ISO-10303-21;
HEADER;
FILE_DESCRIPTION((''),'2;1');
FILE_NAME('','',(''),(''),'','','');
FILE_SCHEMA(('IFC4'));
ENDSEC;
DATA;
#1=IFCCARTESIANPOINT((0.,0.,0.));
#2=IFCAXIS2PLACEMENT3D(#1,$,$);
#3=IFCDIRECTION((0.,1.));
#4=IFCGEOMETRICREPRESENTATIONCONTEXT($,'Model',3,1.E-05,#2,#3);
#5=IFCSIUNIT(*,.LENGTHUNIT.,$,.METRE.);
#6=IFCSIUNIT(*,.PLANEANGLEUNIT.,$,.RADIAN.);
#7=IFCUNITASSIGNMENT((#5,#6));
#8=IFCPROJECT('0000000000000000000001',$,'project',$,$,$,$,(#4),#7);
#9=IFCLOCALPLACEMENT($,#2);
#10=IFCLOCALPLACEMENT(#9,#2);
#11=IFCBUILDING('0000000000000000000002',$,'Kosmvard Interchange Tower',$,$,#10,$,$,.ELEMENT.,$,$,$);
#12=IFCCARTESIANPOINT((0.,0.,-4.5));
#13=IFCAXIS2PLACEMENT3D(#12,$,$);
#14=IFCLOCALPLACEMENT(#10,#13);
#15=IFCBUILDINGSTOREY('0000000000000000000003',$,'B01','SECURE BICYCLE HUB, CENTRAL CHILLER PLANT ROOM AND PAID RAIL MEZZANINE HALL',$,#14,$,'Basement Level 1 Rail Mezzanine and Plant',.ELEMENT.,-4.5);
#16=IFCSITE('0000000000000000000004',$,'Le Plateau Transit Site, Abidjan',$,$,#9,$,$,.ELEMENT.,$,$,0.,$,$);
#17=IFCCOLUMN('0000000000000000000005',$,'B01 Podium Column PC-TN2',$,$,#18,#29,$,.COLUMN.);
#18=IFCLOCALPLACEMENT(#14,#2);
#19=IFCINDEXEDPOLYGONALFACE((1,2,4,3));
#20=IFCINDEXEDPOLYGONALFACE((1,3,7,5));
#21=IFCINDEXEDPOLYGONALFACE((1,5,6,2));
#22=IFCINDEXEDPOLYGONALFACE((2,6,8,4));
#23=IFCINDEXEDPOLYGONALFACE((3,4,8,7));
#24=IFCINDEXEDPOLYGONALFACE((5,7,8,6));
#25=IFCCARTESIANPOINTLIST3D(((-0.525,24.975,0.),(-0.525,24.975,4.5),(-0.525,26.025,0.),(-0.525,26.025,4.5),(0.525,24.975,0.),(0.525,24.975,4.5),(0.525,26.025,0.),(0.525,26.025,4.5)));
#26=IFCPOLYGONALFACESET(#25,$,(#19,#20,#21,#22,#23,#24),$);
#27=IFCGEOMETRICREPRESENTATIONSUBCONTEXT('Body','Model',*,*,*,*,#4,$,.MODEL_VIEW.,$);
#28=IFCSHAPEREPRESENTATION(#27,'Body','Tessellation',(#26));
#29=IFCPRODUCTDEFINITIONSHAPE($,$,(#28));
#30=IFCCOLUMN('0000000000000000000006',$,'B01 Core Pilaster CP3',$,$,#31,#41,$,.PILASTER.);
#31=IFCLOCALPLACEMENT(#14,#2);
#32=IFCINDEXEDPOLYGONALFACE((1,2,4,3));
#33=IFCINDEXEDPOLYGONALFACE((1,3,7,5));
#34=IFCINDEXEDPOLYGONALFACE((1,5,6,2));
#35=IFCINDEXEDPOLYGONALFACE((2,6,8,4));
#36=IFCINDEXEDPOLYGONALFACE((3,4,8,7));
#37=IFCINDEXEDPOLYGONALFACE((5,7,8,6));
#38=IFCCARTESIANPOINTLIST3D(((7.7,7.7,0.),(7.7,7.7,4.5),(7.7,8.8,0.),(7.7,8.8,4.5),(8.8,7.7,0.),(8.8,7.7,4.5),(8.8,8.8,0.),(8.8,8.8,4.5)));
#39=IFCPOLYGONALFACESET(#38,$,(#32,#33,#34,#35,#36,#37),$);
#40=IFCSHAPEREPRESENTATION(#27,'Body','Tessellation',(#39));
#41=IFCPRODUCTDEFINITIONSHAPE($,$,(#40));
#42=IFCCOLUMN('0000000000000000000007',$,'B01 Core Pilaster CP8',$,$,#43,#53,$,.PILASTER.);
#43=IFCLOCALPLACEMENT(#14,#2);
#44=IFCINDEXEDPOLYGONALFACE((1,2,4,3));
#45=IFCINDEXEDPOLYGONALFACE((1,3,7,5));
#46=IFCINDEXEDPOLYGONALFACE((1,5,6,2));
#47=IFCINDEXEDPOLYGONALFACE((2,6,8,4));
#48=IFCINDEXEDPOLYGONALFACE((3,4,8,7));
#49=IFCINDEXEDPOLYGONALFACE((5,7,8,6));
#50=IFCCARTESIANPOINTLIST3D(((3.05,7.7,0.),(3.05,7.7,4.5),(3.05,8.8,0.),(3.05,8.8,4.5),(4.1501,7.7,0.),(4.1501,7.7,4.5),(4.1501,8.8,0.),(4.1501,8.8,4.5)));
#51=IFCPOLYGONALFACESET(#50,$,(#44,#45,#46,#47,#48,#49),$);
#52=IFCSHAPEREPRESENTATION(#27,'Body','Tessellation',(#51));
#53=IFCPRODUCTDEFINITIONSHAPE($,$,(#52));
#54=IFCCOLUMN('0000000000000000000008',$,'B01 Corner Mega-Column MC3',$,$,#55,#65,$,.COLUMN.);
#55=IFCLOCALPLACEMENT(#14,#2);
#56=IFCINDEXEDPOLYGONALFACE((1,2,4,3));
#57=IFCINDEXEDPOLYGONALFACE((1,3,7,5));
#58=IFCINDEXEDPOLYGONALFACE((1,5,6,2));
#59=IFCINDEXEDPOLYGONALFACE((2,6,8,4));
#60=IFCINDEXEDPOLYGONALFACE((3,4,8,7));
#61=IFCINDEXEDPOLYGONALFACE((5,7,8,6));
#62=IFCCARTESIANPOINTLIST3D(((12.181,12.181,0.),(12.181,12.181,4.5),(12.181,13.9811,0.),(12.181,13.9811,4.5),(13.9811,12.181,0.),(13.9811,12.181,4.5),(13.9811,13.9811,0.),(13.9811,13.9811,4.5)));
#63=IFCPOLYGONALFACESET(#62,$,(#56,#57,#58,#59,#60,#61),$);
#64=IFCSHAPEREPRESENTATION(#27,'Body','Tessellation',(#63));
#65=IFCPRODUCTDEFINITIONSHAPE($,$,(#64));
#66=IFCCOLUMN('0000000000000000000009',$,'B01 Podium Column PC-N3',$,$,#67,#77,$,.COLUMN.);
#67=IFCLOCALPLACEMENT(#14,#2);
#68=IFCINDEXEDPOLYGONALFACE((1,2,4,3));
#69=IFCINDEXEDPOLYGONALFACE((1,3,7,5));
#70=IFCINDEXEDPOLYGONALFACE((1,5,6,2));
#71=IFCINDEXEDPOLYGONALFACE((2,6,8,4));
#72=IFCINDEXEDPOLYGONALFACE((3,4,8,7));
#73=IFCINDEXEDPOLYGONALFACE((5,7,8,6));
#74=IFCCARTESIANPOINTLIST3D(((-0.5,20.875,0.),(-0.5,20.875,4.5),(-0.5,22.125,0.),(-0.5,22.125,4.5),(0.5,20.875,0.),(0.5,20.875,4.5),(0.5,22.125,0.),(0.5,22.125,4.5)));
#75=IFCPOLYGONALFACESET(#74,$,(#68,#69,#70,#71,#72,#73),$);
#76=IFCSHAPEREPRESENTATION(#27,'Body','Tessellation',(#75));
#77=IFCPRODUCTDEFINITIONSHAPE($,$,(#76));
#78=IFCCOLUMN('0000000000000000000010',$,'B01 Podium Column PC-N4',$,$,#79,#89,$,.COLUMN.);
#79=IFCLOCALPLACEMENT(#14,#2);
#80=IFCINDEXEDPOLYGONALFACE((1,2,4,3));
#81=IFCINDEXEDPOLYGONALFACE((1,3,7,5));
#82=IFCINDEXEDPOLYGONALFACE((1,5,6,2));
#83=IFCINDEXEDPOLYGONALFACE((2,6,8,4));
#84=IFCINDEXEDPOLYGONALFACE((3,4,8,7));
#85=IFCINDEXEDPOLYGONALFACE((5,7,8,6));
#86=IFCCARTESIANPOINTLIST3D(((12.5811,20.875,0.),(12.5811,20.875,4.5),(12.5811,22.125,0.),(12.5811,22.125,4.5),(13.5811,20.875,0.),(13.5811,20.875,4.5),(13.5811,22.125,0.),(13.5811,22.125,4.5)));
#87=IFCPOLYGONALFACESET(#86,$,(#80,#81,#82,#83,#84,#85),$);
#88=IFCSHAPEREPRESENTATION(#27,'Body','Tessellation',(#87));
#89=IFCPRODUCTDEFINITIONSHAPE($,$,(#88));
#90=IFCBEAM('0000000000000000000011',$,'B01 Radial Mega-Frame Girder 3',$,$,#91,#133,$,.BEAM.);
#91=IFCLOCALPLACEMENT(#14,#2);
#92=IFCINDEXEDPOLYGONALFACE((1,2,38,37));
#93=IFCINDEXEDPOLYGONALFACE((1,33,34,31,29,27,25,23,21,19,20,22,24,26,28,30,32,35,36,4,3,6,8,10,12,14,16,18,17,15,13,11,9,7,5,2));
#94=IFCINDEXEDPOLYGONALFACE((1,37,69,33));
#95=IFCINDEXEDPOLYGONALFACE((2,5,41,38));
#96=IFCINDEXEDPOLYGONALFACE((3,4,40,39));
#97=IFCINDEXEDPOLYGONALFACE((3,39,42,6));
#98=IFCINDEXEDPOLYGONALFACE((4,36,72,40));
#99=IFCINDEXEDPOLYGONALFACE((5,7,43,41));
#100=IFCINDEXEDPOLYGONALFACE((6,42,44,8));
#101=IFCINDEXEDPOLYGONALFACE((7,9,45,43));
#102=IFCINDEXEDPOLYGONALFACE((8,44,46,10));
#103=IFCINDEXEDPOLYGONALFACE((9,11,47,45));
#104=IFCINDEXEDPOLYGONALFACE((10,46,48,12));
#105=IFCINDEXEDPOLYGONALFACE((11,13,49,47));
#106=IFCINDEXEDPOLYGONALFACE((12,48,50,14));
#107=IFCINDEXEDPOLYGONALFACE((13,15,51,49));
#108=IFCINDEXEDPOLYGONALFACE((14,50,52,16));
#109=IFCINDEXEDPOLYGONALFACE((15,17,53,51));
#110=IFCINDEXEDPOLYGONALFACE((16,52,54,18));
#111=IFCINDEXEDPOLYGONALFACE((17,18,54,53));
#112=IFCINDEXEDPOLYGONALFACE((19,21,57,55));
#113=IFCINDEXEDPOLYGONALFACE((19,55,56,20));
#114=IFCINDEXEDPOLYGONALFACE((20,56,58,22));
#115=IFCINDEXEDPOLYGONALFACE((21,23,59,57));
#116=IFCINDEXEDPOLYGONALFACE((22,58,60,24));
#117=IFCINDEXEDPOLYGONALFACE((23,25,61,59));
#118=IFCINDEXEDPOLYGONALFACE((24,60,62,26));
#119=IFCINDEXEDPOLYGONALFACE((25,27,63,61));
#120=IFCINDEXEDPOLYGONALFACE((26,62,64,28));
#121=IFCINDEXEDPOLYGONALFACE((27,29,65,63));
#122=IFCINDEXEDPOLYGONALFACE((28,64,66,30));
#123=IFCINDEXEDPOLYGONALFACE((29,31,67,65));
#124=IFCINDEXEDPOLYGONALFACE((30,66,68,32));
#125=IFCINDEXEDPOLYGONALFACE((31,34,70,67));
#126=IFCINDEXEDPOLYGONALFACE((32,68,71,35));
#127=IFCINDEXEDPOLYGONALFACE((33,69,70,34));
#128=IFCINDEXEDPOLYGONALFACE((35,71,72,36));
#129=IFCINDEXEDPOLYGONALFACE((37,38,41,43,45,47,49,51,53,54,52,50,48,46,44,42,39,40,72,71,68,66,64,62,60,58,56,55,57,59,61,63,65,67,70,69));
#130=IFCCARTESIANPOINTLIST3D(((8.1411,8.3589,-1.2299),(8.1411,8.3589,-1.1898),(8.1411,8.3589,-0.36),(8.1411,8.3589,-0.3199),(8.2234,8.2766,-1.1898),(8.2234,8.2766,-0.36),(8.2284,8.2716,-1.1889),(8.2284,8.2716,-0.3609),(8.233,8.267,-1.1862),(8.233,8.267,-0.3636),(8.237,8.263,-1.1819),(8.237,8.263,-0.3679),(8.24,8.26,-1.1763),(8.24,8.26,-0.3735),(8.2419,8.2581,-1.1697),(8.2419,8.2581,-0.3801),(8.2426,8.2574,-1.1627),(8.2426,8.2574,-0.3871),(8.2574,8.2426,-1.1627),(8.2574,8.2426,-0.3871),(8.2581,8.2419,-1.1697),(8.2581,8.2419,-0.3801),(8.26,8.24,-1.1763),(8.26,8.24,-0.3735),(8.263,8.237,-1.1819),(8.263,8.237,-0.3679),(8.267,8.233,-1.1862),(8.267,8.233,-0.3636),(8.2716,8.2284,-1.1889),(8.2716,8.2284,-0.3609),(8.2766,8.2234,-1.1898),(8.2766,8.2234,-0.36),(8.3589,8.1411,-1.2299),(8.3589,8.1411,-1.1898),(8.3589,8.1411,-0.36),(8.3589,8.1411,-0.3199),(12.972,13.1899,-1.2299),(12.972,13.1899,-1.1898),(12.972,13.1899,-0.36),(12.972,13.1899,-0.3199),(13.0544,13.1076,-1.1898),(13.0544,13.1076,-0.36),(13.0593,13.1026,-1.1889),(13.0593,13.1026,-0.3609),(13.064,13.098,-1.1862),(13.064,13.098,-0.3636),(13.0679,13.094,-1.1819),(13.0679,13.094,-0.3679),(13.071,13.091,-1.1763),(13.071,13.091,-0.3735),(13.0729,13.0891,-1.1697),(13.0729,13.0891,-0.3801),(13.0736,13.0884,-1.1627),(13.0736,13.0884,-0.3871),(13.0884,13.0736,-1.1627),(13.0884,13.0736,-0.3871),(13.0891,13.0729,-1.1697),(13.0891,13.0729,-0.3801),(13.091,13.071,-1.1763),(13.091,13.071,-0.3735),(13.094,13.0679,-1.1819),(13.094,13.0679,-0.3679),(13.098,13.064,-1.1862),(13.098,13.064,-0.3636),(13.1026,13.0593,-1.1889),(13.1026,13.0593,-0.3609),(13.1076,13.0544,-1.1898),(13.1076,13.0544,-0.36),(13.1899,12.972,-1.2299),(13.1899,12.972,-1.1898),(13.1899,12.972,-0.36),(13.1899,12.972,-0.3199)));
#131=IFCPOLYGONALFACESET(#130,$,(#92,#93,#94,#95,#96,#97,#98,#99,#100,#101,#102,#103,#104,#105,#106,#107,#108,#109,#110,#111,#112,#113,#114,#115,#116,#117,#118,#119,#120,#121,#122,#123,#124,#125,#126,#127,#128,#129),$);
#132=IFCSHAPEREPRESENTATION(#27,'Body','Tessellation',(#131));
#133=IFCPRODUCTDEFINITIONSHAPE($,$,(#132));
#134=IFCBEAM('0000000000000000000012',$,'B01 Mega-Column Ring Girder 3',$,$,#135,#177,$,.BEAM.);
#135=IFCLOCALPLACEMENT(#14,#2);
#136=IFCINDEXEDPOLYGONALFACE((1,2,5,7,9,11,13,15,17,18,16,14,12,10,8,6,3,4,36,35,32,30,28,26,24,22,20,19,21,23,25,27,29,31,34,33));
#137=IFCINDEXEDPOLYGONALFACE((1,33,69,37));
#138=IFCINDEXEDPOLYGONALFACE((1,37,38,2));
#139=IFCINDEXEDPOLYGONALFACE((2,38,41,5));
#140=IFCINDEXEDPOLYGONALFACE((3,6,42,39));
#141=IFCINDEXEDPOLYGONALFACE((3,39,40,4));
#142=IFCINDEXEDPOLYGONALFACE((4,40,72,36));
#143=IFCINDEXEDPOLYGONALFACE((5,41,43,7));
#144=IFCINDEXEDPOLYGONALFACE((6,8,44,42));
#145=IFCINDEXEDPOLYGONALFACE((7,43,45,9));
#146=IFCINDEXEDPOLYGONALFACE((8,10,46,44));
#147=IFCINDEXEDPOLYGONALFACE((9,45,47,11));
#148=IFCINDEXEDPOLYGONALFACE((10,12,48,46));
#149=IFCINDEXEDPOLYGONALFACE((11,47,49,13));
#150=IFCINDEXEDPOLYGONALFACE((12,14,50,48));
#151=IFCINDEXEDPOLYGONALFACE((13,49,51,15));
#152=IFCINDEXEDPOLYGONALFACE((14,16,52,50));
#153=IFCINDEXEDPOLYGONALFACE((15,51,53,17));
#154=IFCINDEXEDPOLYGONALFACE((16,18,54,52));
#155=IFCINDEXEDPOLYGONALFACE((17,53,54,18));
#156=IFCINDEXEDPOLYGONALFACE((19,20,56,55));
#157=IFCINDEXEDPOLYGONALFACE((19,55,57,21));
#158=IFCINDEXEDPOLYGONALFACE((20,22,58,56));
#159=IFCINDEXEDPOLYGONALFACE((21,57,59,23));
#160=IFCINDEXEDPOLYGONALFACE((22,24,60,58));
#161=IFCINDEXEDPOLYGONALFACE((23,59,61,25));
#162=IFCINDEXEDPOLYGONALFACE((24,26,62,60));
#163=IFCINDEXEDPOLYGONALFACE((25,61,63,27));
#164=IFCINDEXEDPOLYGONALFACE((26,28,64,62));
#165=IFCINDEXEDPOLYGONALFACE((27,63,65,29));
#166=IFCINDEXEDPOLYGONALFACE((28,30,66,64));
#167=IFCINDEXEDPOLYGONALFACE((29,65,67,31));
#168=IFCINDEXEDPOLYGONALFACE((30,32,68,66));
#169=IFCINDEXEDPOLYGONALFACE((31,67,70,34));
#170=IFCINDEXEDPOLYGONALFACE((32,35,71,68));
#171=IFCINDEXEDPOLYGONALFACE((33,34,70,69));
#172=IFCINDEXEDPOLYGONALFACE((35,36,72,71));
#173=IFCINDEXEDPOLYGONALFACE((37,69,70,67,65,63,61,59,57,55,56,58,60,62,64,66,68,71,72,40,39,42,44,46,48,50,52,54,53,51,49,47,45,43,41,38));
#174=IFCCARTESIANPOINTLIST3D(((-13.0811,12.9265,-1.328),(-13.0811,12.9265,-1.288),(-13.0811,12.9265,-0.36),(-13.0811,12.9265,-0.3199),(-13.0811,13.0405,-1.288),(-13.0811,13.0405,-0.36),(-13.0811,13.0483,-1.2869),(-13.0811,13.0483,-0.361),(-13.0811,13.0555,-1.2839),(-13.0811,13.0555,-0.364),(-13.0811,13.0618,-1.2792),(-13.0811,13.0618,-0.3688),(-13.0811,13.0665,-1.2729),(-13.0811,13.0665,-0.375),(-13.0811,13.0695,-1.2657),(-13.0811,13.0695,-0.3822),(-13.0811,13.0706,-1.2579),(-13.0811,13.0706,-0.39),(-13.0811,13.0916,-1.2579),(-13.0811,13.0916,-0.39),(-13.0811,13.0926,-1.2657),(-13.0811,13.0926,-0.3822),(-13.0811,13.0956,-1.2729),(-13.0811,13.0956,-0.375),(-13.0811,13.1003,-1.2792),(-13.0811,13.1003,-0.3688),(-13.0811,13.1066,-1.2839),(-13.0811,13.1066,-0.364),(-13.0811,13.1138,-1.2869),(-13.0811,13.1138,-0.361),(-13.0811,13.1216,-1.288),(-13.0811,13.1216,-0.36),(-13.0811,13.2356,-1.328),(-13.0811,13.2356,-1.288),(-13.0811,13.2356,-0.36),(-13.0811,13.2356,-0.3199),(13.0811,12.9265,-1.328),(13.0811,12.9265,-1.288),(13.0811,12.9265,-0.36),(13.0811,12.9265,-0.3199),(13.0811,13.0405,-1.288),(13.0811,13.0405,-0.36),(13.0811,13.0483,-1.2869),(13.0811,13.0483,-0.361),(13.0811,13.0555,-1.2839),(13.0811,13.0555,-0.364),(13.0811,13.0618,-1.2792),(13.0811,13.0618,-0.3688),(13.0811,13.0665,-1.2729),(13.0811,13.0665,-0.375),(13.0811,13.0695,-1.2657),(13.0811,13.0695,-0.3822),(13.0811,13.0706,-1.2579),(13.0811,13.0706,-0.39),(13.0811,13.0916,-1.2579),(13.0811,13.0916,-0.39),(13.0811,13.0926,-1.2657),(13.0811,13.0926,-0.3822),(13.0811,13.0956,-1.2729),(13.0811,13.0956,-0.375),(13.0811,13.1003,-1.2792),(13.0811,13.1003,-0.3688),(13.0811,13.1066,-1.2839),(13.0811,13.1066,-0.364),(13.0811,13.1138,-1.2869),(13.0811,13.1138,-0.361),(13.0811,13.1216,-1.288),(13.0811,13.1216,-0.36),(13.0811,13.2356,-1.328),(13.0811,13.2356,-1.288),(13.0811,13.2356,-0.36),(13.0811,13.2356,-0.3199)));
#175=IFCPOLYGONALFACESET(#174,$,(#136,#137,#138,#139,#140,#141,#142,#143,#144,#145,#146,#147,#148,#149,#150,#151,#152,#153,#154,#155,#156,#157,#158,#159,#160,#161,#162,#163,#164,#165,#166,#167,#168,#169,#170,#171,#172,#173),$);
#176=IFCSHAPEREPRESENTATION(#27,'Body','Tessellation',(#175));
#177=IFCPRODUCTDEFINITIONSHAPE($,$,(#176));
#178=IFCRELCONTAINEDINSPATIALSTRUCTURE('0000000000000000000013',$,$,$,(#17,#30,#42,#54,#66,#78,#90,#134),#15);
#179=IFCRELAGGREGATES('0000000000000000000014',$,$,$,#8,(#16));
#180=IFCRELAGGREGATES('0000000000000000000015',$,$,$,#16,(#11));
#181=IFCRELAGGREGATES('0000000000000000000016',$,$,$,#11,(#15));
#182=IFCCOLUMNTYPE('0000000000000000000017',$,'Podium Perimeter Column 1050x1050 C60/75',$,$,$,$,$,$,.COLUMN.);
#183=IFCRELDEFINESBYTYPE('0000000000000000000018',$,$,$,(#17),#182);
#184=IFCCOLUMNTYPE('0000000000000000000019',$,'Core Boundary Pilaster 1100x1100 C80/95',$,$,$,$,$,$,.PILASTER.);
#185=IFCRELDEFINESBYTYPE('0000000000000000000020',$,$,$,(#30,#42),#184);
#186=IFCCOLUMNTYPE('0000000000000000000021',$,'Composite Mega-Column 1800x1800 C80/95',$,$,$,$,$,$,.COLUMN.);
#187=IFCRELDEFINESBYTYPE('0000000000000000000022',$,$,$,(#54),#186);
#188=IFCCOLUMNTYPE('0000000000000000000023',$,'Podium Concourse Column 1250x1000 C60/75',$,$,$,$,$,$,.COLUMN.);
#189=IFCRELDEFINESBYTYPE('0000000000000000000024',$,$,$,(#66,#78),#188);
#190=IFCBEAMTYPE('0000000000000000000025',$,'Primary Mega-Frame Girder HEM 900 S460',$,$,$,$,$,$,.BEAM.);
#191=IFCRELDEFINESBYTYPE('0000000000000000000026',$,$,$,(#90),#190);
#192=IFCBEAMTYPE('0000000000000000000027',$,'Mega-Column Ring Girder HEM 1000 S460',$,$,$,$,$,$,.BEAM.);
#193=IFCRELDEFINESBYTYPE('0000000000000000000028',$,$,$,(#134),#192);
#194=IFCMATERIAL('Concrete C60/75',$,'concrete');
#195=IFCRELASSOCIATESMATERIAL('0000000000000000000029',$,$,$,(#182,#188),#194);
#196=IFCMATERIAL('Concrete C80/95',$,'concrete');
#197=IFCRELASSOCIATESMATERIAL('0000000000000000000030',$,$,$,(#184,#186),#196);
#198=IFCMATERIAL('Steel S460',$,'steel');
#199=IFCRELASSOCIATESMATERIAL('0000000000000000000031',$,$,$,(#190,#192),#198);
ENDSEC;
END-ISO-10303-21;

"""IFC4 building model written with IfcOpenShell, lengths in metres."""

from ifc_helpers import new_model, si_unit, direction, frame, origin, origin_2d, place, context, subcontext, project, spatial, rectangle, i_section, extrude, source, transform, mapped, material, material_profile, profile_set, type_object, element, save


model = new_model("IFC4")

# Units and contexts
model_context = context("Model", 3, precision=1e-05, world=origin(), true_north=direction((0.0, 1.0)))
body_context = subcontext(model_context, "Body", "Model", "MODEL_VIEW")
ifc_project = project(units=[si_unit("LENGTHUNIT", "METRE"), si_unit("PLANEANGLEUNIT", "RADIAN")], contexts=[model_context])

# Site, building, storey
site_placement = place(None, origin())
site = spatial("IfcSite", under=ifc_project, at=site_placement, Name="Le Plateau Transit Site, Abidjan", CompositionType="ELEMENT", RefElevation=0.0)
building_placement = place(site_placement, origin())
building = spatial("IfcBuilding", under=site, at=building_placement, Name="Kosmvard Interchange Tower", CompositionType="ELEMENT")
storey_placement = place(building_placement, frame((0.0, 0.0, -4.5)))
storey = spatial("IfcBuildingStorey", under=building, at=storey_placement, Name="B01", Description="SECURE BICYCLE HUB, CENTRAL CHILLER PLANT ROOM AND PAID RAIL MEZZANINE HALL", LongName="Basement Level 1 Rail Mezzanine and Plant", CompositionType="ELEMENT", Elevation=-4.5)

# Columns
ifc_material_1 = material(Name="Concrete C60/75", Category="concrete")
ifc_material_profile_1 = material_profile(ifc_material_1, rectangle(XDim=1.05, YDim=1.05, at=origin_2d()), Name="PC 1050x1050")
ifc_profile_set_1 = profile_set([ifc_material_profile_1], Name="Concrete C60/75")
column_type_1 = type_object("IfcColumnType", Name="Podium Perimeter Column 1050x1050 C60/75", PredefinedType="COLUMN", material=ifc_profile_set_1)
shared_shape_1 = source(origin(), body_context, "Body", "SweptSolid", [
    extrude(rectangle(XDim=1.05, YDim=1.05, at=origin_2d()), origin(), (0.0, 0.0, 1.0), 4.5),
])
column_1_placement = place(storey_placement, frame((0.0, 25.5, 0.0), z_axis=(0.0, 0.0, 1.0), x_axis=(1.0, 0.0, 0.0)))
element("IfcColumn", 1, at=column_1_placement, inside=storey, type_object=column_type_1, Name="B01 Podium Column PC-TN2", PredefinedType="COLUMN", context=body_context, shape_type="MappedRepresentation", body=[
    mapped(shared_shape_1, transform((0.0, 0.0, 0.0), scale=1.0)),
])
ifc_material_2 = material(Name="Concrete C80/95", Category="concrete")
ifc_material_profile_2 = material_profile(ifc_material_2, rectangle(XDim=1.1001, YDim=1.1001, at=origin_2d()), Name="CP 1100x1100")
ifc_profile_set_2 = profile_set([ifc_material_profile_2], Name="Concrete C80/95")
column_type_2 = type_object("IfcColumnType", Name="Core Boundary Pilaster 1100x1100 C80/95", PredefinedType="PILASTER", material=ifc_profile_set_2)
shared_shape_2 = source(origin(), body_context, "Body", "SweptSolid", [
    extrude(rectangle(XDim=1.1001, YDim=1.1001, at=origin_2d()), origin(), (0.0, 0.0, 1.0), 4.5),
])
for number, where, z_axis, x_axis, name in (
    (2, (8.25, 8.25, 0.0), (0.0, 0.0, 1.0), (1.0, 0.0, 0.0), "B01 Core Pilaster CP3"),
    (3, (3.6001, 8.25, 0.0), (0.0, 0.0, 1.0), (1.0, 0.0, 0.0), "B01 Core Pilaster CP8"),
):
    element("IfcColumn", number, at=place(storey_placement, frame(where, z_axis=z_axis, x_axis=x_axis)), inside=storey, type_object=column_type_2, Name=name, PredefinedType="PILASTER", context=body_context, shape_type="MappedRepresentation", body=[
        mapped(shared_shape_2, transform((0.0, 0.0, 0.0), scale=1.0)),
    ])
ifc_material_profile_3 = material_profile(ifc_material_2, rectangle(XDim=1.8, YDim=1.8, at=origin_2d()), Name="MC 1800x1800")
ifc_profile_set_3 = profile_set([ifc_material_profile_3], Name="Concrete C80/95")
column_type_3 = type_object("IfcColumnType", Name="Composite Mega-Column 1800x1800 C80/95", PredefinedType="COLUMN", material=ifc_profile_set_3)
shared_shape_3 = source(origin(), body_context, "Body", "SweptSolid", [
    extrude(rectangle(XDim=1.8, YDim=1.8, at=origin_2d()), origin(), (0.0, 0.0, 1.0), 4.5),
])
column_2_placement = place(storey_placement, frame((13.0811, 13.0811, 0.0), z_axis=(0.0, 0.0, 1.0), x_axis=(1.0, 0.0, 0.0)))
element("IfcColumn", 4, at=column_2_placement, inside=storey, type_object=column_type_3, Name="B01 Corner Mega-Column MC3", PredefinedType="COLUMN", context=body_context, shape_type="MappedRepresentation", body=[
    mapped(shared_shape_3, transform((0.0, 0.0, 0.0), scale=1.0)),
])
ifc_material_profile_4 = material_profile(ifc_material_1, rectangle(XDim=1.0, YDim=1.25, at=origin_2d()), Name="PC 1250x1000")
ifc_profile_set_4 = profile_set([ifc_material_profile_4], Name="Concrete C60/75")
column_type_4 = type_object("IfcColumnType", Name="Podium Concourse Column 1250x1000 C60/75", PredefinedType="COLUMN", material=ifc_profile_set_4)
shared_shape_4 = source(origin(), body_context, "Body", "SweptSolid", [
    extrude(rectangle(XDim=1.0, YDim=1.25, at=origin_2d()), origin(), (0.0, 0.0, 1.0), 4.5),
])
for number, where, z_axis, x_axis, name in (
    (5, (0.0, 21.5, 0.0), (0.0, 0.0, 1.0), (1.0, 0.0, 0.0), "B01 Podium Column PC-N3"),
    (6, (13.0811, 21.5, 0.0), (0.0, 0.0, 1.0), (1.0, 0.0, 0.0), "B01 Podium Column PC-N4"),
):
    element("IfcColumn", number, at=place(storey_placement, frame(where, z_axis=z_axis, x_axis=x_axis)), inside=storey, type_object=column_type_4, Name=name, PredefinedType="COLUMN", context=body_context, shape_type="MappedRepresentation", body=[
        mapped(shared_shape_4, transform((0.0, 0.0, 0.0), scale=1.0)),
    ])

# Beams
ifc_material_3 = material(Name="Steel S460", Category="steel")
ifc_material_profile_5 = material_profile(ifc_material_3, i_section(OverallWidth=0.3081, OverallDepth=0.9099, WebThickness=0.021, FlangeThickness=0.04, FilletRadius=0.0271, at=origin_2d()), Name="HEM 900")
ifc_profile_set_5 = profile_set([ifc_material_profile_5], Name="Steel S460")
beam_type_1 = type_object("IfcBeamType", Name="Primary Mega-Frame Girder HEM 900 S460", PredefinedType="BEAM", material=ifc_profile_set_5)
shared_shape_5 = source(origin(), body_context, "Body", "SweptSolid", [
    extrude(i_section(OverallWidth=0.3081, OverallDepth=0.9099, WebThickness=0.021, FlangeThickness=0.04, FilletRadius=0.0271, at=origin_2d()), origin(), (0.0, 0.0, 1.0), 6.832),
])
beam_1_placement = place(storey_placement, frame((8.25, 8.25, -0.7749), z_axis=(0.707107, 0.707107, 0.0), x_axis=(-0.707107, 0.707107, 0.0)))
element("IfcBeam", 7, at=beam_1_placement, inside=storey, type_object=beam_type_1, Name="B01 Radial Mega-Frame Girder 3", PredefinedType="BEAM", context=body_context, shape_type="MappedRepresentation", body=[
    mapped(shared_shape_5, transform((0.0, 0.0, 0.0), scale=1.0)),
])
ifc_material_profile_6 = material_profile(ifc_material_3, i_section(OverallWidth=0.3091, OverallDepth=1.0081, WebThickness=0.021, FlangeThickness=0.04, FilletRadius=0.03, at=origin_2d()), Name="HEM 1000")
ifc_profile_set_6 = profile_set([ifc_material_profile_6], Name="Steel S460")
beam_type_2 = type_object("IfcBeamType", Name="Mega-Column Ring Girder HEM 1000 S460", PredefinedType="BEAM", material=ifc_profile_set_6)
shared_shape_6 = source(origin(), body_context, "Body", "SweptSolid", [
    extrude(i_section(OverallWidth=0.3091, OverallDepth=1.0081, WebThickness=0.021, FlangeThickness=0.04, FilletRadius=0.03, at=origin_2d()), origin(), (0.0, 0.0, 1.0), 26.1621),
])
beam_2_placement = place(storey_placement, frame((13.0811, 13.0811, -0.824), z_axis=(-1.0, 0.0, 0.0), x_axis=(0.0, -1.0, 0.0)))
element("IfcBeam", 8, at=beam_2_placement, inside=storey, type_object=beam_type_2, Name="B01 Mega-Column Ring Girder 3", PredefinedType="BEAM", context=body_context, shape_type="MappedRepresentation", body=[
    mapped(shared_shape_6, transform((0.0, 0.0, 0.0), scale=1.0)),
])

save(model, "model.ifc")
